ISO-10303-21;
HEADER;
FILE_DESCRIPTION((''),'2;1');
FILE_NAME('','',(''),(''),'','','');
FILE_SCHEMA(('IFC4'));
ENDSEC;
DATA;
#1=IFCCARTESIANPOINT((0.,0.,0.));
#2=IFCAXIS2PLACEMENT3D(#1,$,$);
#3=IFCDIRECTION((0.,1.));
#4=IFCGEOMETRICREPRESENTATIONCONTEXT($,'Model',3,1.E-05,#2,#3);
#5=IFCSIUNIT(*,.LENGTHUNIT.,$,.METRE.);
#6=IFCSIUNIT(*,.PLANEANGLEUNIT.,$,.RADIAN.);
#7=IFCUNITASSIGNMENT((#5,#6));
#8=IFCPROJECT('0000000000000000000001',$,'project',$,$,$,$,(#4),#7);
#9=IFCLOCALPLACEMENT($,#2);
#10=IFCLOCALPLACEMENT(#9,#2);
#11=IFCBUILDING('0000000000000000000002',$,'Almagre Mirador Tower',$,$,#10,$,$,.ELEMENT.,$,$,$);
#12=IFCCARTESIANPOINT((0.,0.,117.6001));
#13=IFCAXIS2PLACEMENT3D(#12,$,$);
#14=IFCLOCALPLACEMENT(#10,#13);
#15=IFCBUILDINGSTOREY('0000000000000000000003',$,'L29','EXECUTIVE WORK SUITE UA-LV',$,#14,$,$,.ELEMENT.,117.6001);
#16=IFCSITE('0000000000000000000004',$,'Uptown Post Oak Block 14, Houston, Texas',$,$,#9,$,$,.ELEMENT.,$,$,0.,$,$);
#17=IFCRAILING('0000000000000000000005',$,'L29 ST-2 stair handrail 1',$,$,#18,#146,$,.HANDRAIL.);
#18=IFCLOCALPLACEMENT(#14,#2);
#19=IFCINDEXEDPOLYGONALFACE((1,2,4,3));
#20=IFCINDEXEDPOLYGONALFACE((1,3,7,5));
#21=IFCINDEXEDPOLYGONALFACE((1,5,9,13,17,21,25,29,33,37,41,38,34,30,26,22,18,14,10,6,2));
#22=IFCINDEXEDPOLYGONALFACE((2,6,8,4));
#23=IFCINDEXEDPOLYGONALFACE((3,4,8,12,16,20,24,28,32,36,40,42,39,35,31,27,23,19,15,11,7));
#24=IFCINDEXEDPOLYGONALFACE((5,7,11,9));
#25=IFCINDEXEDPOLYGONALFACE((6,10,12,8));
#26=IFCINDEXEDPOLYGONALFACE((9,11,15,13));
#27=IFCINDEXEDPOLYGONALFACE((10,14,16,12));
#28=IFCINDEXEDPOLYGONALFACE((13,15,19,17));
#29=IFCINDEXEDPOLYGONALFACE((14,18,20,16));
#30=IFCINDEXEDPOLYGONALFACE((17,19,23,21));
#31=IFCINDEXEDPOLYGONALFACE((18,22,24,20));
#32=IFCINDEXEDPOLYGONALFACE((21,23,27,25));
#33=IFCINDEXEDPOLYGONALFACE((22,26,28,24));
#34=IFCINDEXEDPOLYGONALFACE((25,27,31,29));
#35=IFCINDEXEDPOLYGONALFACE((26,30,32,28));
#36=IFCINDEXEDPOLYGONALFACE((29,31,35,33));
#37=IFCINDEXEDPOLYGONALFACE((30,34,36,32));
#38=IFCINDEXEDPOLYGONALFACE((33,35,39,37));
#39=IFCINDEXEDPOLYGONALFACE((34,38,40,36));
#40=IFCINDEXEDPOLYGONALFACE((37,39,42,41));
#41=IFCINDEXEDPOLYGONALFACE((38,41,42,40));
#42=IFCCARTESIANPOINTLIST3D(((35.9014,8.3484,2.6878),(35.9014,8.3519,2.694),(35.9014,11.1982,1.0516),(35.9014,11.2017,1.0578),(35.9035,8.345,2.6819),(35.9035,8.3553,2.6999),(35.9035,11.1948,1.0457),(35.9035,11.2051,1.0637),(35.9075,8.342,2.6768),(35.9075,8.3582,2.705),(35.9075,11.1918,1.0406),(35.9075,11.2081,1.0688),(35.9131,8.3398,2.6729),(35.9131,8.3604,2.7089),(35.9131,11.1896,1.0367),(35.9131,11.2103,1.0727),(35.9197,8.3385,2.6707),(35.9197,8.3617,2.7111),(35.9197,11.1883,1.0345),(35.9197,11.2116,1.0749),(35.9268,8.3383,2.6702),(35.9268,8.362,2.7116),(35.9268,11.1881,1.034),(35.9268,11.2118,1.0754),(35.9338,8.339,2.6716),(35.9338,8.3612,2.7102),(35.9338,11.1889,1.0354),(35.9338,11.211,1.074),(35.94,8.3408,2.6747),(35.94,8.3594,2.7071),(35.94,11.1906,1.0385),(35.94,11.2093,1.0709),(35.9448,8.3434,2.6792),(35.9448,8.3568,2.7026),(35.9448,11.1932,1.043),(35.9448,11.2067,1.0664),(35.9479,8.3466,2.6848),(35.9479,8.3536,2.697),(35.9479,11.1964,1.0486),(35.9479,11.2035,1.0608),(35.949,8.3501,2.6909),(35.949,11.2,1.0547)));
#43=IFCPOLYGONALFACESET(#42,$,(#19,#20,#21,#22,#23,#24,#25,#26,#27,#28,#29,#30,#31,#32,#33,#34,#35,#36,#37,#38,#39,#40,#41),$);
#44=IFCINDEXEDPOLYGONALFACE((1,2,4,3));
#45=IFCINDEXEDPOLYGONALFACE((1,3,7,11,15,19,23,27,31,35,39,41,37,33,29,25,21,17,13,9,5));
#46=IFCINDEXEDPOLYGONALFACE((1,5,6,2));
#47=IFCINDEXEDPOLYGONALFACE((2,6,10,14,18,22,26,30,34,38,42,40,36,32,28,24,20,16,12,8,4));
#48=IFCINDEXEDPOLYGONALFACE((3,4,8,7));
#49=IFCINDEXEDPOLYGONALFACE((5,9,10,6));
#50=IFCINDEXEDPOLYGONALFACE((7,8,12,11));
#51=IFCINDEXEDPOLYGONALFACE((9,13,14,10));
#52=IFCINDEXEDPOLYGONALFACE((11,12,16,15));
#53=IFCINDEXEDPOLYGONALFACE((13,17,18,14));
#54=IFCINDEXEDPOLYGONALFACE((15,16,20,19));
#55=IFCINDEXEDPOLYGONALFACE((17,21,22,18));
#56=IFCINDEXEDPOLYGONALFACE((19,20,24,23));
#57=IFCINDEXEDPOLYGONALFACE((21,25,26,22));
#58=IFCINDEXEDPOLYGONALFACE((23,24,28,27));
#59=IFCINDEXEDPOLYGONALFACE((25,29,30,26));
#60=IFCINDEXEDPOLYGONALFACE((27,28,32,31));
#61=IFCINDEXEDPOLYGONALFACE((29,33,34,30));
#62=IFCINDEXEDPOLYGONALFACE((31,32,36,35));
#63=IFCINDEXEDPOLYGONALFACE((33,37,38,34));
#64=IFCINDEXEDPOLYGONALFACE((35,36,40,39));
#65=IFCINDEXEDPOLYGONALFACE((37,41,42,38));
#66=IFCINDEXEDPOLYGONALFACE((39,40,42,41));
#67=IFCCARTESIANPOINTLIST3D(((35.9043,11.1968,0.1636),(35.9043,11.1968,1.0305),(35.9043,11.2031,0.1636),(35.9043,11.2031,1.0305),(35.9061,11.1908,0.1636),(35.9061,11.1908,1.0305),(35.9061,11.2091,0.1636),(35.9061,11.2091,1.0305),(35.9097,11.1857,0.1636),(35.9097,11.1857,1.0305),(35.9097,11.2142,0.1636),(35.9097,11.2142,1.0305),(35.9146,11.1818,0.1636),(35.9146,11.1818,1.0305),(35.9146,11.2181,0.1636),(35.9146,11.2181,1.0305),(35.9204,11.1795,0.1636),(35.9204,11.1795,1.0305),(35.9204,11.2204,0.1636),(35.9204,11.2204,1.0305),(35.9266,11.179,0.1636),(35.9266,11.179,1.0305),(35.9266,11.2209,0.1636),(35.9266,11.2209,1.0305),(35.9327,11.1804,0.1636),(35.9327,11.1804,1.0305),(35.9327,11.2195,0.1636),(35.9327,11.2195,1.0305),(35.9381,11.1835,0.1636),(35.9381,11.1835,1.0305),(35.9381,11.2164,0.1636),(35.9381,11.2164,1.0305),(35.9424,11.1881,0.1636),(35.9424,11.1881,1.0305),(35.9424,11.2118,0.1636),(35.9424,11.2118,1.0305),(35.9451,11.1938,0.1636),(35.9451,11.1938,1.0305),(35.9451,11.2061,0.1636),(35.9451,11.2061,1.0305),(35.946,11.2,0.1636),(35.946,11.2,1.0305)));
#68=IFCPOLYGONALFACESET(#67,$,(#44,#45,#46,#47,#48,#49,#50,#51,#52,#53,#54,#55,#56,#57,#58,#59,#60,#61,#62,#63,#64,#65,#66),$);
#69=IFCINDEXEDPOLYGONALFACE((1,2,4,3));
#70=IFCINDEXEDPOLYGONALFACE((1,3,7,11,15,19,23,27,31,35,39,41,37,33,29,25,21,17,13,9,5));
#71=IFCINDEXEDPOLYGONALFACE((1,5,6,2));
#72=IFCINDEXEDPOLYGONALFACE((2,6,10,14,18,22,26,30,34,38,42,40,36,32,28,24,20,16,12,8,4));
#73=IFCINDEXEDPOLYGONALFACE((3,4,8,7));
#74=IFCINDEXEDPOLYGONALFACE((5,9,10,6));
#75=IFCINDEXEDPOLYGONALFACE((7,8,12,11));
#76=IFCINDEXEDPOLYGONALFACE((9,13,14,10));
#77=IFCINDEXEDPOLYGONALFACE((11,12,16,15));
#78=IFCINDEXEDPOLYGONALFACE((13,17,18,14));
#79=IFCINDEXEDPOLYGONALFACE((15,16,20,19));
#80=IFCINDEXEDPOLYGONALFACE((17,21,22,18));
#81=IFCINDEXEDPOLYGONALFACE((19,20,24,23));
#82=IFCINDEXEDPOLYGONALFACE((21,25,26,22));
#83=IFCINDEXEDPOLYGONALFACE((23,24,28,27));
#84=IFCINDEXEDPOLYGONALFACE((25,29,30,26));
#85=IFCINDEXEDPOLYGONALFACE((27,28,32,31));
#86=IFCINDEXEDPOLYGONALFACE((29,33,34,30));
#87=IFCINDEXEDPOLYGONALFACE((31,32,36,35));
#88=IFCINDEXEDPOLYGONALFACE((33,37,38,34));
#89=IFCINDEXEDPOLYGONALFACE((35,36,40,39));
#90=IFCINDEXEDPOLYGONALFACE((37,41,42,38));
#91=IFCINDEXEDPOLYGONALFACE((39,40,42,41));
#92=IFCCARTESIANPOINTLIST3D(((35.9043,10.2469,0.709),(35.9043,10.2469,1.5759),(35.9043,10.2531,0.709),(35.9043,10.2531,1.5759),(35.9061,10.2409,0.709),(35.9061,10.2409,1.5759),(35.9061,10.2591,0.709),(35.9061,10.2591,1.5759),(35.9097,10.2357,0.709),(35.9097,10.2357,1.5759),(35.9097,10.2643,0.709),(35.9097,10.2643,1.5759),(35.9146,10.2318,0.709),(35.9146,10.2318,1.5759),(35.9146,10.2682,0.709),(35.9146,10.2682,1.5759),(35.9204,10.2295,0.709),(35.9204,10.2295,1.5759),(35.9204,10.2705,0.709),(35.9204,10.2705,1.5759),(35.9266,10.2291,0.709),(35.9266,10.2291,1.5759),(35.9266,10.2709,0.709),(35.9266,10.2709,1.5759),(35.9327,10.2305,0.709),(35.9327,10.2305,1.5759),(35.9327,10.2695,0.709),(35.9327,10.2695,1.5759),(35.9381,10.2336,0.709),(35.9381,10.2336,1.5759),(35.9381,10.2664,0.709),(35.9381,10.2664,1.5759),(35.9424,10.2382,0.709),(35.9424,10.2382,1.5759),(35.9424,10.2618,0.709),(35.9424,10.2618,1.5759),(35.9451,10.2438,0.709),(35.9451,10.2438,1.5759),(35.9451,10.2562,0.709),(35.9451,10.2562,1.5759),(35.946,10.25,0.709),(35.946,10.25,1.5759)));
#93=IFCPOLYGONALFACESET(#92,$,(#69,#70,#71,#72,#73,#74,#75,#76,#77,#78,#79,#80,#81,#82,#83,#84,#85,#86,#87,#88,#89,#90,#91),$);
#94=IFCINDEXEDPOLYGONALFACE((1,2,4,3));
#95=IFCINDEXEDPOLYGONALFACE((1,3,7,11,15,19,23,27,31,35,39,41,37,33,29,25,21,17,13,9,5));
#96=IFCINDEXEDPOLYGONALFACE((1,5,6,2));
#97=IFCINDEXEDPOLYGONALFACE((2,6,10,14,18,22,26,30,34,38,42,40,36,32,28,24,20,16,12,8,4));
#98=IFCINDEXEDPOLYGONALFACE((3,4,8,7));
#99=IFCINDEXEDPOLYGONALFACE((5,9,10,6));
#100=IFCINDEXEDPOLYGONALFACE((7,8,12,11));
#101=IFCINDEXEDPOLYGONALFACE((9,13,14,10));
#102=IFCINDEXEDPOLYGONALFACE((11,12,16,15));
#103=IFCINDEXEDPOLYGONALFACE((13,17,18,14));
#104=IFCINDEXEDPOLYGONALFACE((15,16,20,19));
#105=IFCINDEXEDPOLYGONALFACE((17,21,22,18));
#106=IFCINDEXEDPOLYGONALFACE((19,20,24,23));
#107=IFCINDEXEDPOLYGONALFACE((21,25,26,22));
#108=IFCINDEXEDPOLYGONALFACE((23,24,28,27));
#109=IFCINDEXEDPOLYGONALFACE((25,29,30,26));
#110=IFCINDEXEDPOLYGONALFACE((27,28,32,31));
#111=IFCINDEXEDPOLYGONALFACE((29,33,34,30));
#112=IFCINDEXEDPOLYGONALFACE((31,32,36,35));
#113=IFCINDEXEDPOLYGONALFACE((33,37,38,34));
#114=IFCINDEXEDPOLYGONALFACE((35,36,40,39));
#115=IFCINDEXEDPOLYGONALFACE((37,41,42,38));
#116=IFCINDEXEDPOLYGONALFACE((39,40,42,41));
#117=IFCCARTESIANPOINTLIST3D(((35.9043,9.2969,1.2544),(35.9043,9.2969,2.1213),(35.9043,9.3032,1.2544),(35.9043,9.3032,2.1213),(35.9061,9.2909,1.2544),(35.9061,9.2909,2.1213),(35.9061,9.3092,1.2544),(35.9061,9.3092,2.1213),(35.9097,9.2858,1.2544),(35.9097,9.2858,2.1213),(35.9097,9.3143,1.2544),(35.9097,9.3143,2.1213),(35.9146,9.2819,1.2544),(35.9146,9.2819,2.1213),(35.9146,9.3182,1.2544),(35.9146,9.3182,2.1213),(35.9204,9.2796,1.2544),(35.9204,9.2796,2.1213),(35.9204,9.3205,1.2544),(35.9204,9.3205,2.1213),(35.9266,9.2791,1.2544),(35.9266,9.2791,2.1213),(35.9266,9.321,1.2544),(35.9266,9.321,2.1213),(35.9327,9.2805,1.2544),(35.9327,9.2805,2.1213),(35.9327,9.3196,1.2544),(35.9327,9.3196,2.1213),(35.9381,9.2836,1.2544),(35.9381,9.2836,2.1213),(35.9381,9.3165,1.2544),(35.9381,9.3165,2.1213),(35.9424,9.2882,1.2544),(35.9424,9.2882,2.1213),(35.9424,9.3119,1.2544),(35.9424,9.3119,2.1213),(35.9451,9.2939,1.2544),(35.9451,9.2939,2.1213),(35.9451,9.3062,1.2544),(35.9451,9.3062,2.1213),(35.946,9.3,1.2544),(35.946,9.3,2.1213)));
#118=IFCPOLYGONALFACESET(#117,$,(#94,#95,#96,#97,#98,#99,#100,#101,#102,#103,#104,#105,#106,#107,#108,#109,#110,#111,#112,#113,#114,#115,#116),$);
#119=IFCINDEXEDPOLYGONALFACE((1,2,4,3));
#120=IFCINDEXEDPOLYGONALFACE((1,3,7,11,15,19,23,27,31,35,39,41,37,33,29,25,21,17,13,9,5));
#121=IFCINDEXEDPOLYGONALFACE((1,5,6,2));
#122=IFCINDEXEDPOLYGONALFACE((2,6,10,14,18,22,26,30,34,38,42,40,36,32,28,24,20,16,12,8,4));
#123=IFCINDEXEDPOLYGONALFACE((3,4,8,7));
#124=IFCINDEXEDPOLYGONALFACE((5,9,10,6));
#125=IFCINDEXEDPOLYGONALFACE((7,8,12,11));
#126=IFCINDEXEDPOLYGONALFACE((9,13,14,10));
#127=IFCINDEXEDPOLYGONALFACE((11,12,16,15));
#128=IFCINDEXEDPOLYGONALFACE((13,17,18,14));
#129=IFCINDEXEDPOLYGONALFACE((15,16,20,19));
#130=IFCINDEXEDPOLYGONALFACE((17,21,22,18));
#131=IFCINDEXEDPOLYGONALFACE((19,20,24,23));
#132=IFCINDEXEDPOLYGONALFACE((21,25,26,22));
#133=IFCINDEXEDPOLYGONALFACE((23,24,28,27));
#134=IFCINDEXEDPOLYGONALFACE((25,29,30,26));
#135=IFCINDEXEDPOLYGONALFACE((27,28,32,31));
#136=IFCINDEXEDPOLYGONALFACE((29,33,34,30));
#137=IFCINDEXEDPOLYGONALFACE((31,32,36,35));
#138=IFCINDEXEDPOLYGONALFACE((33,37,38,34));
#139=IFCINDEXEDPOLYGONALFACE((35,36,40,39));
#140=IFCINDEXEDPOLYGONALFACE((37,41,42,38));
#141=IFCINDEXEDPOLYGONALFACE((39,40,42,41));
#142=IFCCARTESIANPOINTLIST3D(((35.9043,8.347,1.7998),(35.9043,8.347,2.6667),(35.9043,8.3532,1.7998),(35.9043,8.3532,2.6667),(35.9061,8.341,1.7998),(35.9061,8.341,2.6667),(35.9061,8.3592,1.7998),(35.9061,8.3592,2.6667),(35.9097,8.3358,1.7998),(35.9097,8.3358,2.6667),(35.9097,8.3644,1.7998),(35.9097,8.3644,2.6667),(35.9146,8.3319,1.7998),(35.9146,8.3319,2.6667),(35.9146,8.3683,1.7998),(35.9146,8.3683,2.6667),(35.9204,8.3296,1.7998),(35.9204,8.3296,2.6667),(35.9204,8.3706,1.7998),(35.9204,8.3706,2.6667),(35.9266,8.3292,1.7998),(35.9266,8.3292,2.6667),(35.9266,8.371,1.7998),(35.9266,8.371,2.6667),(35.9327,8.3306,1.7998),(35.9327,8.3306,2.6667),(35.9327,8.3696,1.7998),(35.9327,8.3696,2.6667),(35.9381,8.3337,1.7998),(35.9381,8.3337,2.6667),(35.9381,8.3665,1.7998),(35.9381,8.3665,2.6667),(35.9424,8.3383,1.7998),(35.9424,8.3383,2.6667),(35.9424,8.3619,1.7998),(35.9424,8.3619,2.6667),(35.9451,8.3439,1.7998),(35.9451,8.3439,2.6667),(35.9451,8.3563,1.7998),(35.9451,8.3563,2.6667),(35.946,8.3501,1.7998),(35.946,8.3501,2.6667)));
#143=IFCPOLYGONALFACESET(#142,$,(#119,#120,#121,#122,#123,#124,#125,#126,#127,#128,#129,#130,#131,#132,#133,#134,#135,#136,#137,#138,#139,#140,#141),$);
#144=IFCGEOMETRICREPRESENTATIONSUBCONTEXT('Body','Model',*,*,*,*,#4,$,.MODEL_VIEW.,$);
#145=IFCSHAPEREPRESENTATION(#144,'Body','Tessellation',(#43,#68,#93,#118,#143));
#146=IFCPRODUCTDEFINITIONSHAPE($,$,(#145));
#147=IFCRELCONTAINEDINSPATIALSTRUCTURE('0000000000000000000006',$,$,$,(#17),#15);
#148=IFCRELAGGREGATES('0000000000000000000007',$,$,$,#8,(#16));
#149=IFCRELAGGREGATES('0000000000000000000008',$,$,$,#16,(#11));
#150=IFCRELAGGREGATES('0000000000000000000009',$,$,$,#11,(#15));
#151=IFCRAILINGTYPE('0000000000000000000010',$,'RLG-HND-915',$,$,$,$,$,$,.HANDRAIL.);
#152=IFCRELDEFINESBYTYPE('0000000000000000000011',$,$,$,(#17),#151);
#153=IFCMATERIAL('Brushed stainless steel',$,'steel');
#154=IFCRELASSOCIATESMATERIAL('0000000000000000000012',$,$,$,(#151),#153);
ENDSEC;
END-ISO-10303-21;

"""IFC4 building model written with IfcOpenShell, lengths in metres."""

from ifc_helpers import new_model, si_unit, direction, frame, origin, origin_2d, place, context, subcontext, project, spatial, circle, extrude, material, type_object, element, save


model = new_model("IFC4")

# Units and contexts
model_context = context("Model", 3, precision=1e-05, world=origin(), true_north=direction((0.0, 1.0)))
body_context = subcontext(model_context, "Body", "Model", "MODEL_VIEW")
ifc_project = project(units=[si_unit("LENGTHUNIT", "METRE"), si_unit("PLANEANGLEUNIT", "RADIAN")], contexts=[model_context])

# Site, building, storey
site_placement = place(None, origin())
site = spatial("IfcSite", under=ifc_project, at=site_placement, Name="Uptown Post Oak Block 14, Houston, Texas", CompositionType="ELEMENT", RefElevation=0.0)
building_placement = place(site_placement, origin())
building = spatial("IfcBuilding", under=site, at=building_placement, Name="Almagre Mirador Tower", CompositionType="ELEMENT")
storey_placement = place(building_placement, frame((0.0, 0.0, 117.6001)))
storey = spatial("IfcBuildingStorey", under=building, at=storey_placement, Name="L29", Description="EXECUTIVE WORK SUITE UA-LV", CompositionType="ELEMENT", Elevation=117.6001)

# Railing
ifc_material_1 = material(Name="Brushed stainless steel", Category="steel")
railing_type_1 = type_object("IfcRailingType", Name="RLG-HND-915", PredefinedType="HANDRAIL", material=ifc_material_1)
railing_1_placement = place(storey_placement, frame((35.925, 11.2, 0.1636)))
element("IfcRailing", 1, at=railing_1_placement, inside=storey, type_object=railing_type_1, Name="L29 ST-2 stair handrail 1", PredefinedType="HANDRAIL", context=body_context, shape_type="SweptSolid", body=[
    extrude(circle(Radius=0.0239, at=origin_2d()), frame((0.0, 0.0, 0.8911), z_axis=(0.0, -0.867226, 0.497914), x_axis=(1.0, 0.0, 0.0)), (0.0, 0.0, 1.0), 3.2861),
    extrude(circle(Radius=0.021, at=origin_2d()), origin(), (0.0, 0.0, 1.0), 0.8669),
    extrude(circle(Radius=0.021, at=origin_2d()), frame((0.0, -0.95, 0.5454)), (0.0, 0.0, 1.0), 0.8669),
    extrude(circle(Radius=0.021, at=origin_2d()), frame((0.0, -1.8999, 1.0908)), (0.0, 0.0, 1.0), 0.8669),
    extrude(circle(Radius=0.021, at=origin_2d()), frame((0.0, -2.8499, 1.6362)), (0.0, 0.0, 1.0), 0.8669),
])

save(model, "model.ifc")
